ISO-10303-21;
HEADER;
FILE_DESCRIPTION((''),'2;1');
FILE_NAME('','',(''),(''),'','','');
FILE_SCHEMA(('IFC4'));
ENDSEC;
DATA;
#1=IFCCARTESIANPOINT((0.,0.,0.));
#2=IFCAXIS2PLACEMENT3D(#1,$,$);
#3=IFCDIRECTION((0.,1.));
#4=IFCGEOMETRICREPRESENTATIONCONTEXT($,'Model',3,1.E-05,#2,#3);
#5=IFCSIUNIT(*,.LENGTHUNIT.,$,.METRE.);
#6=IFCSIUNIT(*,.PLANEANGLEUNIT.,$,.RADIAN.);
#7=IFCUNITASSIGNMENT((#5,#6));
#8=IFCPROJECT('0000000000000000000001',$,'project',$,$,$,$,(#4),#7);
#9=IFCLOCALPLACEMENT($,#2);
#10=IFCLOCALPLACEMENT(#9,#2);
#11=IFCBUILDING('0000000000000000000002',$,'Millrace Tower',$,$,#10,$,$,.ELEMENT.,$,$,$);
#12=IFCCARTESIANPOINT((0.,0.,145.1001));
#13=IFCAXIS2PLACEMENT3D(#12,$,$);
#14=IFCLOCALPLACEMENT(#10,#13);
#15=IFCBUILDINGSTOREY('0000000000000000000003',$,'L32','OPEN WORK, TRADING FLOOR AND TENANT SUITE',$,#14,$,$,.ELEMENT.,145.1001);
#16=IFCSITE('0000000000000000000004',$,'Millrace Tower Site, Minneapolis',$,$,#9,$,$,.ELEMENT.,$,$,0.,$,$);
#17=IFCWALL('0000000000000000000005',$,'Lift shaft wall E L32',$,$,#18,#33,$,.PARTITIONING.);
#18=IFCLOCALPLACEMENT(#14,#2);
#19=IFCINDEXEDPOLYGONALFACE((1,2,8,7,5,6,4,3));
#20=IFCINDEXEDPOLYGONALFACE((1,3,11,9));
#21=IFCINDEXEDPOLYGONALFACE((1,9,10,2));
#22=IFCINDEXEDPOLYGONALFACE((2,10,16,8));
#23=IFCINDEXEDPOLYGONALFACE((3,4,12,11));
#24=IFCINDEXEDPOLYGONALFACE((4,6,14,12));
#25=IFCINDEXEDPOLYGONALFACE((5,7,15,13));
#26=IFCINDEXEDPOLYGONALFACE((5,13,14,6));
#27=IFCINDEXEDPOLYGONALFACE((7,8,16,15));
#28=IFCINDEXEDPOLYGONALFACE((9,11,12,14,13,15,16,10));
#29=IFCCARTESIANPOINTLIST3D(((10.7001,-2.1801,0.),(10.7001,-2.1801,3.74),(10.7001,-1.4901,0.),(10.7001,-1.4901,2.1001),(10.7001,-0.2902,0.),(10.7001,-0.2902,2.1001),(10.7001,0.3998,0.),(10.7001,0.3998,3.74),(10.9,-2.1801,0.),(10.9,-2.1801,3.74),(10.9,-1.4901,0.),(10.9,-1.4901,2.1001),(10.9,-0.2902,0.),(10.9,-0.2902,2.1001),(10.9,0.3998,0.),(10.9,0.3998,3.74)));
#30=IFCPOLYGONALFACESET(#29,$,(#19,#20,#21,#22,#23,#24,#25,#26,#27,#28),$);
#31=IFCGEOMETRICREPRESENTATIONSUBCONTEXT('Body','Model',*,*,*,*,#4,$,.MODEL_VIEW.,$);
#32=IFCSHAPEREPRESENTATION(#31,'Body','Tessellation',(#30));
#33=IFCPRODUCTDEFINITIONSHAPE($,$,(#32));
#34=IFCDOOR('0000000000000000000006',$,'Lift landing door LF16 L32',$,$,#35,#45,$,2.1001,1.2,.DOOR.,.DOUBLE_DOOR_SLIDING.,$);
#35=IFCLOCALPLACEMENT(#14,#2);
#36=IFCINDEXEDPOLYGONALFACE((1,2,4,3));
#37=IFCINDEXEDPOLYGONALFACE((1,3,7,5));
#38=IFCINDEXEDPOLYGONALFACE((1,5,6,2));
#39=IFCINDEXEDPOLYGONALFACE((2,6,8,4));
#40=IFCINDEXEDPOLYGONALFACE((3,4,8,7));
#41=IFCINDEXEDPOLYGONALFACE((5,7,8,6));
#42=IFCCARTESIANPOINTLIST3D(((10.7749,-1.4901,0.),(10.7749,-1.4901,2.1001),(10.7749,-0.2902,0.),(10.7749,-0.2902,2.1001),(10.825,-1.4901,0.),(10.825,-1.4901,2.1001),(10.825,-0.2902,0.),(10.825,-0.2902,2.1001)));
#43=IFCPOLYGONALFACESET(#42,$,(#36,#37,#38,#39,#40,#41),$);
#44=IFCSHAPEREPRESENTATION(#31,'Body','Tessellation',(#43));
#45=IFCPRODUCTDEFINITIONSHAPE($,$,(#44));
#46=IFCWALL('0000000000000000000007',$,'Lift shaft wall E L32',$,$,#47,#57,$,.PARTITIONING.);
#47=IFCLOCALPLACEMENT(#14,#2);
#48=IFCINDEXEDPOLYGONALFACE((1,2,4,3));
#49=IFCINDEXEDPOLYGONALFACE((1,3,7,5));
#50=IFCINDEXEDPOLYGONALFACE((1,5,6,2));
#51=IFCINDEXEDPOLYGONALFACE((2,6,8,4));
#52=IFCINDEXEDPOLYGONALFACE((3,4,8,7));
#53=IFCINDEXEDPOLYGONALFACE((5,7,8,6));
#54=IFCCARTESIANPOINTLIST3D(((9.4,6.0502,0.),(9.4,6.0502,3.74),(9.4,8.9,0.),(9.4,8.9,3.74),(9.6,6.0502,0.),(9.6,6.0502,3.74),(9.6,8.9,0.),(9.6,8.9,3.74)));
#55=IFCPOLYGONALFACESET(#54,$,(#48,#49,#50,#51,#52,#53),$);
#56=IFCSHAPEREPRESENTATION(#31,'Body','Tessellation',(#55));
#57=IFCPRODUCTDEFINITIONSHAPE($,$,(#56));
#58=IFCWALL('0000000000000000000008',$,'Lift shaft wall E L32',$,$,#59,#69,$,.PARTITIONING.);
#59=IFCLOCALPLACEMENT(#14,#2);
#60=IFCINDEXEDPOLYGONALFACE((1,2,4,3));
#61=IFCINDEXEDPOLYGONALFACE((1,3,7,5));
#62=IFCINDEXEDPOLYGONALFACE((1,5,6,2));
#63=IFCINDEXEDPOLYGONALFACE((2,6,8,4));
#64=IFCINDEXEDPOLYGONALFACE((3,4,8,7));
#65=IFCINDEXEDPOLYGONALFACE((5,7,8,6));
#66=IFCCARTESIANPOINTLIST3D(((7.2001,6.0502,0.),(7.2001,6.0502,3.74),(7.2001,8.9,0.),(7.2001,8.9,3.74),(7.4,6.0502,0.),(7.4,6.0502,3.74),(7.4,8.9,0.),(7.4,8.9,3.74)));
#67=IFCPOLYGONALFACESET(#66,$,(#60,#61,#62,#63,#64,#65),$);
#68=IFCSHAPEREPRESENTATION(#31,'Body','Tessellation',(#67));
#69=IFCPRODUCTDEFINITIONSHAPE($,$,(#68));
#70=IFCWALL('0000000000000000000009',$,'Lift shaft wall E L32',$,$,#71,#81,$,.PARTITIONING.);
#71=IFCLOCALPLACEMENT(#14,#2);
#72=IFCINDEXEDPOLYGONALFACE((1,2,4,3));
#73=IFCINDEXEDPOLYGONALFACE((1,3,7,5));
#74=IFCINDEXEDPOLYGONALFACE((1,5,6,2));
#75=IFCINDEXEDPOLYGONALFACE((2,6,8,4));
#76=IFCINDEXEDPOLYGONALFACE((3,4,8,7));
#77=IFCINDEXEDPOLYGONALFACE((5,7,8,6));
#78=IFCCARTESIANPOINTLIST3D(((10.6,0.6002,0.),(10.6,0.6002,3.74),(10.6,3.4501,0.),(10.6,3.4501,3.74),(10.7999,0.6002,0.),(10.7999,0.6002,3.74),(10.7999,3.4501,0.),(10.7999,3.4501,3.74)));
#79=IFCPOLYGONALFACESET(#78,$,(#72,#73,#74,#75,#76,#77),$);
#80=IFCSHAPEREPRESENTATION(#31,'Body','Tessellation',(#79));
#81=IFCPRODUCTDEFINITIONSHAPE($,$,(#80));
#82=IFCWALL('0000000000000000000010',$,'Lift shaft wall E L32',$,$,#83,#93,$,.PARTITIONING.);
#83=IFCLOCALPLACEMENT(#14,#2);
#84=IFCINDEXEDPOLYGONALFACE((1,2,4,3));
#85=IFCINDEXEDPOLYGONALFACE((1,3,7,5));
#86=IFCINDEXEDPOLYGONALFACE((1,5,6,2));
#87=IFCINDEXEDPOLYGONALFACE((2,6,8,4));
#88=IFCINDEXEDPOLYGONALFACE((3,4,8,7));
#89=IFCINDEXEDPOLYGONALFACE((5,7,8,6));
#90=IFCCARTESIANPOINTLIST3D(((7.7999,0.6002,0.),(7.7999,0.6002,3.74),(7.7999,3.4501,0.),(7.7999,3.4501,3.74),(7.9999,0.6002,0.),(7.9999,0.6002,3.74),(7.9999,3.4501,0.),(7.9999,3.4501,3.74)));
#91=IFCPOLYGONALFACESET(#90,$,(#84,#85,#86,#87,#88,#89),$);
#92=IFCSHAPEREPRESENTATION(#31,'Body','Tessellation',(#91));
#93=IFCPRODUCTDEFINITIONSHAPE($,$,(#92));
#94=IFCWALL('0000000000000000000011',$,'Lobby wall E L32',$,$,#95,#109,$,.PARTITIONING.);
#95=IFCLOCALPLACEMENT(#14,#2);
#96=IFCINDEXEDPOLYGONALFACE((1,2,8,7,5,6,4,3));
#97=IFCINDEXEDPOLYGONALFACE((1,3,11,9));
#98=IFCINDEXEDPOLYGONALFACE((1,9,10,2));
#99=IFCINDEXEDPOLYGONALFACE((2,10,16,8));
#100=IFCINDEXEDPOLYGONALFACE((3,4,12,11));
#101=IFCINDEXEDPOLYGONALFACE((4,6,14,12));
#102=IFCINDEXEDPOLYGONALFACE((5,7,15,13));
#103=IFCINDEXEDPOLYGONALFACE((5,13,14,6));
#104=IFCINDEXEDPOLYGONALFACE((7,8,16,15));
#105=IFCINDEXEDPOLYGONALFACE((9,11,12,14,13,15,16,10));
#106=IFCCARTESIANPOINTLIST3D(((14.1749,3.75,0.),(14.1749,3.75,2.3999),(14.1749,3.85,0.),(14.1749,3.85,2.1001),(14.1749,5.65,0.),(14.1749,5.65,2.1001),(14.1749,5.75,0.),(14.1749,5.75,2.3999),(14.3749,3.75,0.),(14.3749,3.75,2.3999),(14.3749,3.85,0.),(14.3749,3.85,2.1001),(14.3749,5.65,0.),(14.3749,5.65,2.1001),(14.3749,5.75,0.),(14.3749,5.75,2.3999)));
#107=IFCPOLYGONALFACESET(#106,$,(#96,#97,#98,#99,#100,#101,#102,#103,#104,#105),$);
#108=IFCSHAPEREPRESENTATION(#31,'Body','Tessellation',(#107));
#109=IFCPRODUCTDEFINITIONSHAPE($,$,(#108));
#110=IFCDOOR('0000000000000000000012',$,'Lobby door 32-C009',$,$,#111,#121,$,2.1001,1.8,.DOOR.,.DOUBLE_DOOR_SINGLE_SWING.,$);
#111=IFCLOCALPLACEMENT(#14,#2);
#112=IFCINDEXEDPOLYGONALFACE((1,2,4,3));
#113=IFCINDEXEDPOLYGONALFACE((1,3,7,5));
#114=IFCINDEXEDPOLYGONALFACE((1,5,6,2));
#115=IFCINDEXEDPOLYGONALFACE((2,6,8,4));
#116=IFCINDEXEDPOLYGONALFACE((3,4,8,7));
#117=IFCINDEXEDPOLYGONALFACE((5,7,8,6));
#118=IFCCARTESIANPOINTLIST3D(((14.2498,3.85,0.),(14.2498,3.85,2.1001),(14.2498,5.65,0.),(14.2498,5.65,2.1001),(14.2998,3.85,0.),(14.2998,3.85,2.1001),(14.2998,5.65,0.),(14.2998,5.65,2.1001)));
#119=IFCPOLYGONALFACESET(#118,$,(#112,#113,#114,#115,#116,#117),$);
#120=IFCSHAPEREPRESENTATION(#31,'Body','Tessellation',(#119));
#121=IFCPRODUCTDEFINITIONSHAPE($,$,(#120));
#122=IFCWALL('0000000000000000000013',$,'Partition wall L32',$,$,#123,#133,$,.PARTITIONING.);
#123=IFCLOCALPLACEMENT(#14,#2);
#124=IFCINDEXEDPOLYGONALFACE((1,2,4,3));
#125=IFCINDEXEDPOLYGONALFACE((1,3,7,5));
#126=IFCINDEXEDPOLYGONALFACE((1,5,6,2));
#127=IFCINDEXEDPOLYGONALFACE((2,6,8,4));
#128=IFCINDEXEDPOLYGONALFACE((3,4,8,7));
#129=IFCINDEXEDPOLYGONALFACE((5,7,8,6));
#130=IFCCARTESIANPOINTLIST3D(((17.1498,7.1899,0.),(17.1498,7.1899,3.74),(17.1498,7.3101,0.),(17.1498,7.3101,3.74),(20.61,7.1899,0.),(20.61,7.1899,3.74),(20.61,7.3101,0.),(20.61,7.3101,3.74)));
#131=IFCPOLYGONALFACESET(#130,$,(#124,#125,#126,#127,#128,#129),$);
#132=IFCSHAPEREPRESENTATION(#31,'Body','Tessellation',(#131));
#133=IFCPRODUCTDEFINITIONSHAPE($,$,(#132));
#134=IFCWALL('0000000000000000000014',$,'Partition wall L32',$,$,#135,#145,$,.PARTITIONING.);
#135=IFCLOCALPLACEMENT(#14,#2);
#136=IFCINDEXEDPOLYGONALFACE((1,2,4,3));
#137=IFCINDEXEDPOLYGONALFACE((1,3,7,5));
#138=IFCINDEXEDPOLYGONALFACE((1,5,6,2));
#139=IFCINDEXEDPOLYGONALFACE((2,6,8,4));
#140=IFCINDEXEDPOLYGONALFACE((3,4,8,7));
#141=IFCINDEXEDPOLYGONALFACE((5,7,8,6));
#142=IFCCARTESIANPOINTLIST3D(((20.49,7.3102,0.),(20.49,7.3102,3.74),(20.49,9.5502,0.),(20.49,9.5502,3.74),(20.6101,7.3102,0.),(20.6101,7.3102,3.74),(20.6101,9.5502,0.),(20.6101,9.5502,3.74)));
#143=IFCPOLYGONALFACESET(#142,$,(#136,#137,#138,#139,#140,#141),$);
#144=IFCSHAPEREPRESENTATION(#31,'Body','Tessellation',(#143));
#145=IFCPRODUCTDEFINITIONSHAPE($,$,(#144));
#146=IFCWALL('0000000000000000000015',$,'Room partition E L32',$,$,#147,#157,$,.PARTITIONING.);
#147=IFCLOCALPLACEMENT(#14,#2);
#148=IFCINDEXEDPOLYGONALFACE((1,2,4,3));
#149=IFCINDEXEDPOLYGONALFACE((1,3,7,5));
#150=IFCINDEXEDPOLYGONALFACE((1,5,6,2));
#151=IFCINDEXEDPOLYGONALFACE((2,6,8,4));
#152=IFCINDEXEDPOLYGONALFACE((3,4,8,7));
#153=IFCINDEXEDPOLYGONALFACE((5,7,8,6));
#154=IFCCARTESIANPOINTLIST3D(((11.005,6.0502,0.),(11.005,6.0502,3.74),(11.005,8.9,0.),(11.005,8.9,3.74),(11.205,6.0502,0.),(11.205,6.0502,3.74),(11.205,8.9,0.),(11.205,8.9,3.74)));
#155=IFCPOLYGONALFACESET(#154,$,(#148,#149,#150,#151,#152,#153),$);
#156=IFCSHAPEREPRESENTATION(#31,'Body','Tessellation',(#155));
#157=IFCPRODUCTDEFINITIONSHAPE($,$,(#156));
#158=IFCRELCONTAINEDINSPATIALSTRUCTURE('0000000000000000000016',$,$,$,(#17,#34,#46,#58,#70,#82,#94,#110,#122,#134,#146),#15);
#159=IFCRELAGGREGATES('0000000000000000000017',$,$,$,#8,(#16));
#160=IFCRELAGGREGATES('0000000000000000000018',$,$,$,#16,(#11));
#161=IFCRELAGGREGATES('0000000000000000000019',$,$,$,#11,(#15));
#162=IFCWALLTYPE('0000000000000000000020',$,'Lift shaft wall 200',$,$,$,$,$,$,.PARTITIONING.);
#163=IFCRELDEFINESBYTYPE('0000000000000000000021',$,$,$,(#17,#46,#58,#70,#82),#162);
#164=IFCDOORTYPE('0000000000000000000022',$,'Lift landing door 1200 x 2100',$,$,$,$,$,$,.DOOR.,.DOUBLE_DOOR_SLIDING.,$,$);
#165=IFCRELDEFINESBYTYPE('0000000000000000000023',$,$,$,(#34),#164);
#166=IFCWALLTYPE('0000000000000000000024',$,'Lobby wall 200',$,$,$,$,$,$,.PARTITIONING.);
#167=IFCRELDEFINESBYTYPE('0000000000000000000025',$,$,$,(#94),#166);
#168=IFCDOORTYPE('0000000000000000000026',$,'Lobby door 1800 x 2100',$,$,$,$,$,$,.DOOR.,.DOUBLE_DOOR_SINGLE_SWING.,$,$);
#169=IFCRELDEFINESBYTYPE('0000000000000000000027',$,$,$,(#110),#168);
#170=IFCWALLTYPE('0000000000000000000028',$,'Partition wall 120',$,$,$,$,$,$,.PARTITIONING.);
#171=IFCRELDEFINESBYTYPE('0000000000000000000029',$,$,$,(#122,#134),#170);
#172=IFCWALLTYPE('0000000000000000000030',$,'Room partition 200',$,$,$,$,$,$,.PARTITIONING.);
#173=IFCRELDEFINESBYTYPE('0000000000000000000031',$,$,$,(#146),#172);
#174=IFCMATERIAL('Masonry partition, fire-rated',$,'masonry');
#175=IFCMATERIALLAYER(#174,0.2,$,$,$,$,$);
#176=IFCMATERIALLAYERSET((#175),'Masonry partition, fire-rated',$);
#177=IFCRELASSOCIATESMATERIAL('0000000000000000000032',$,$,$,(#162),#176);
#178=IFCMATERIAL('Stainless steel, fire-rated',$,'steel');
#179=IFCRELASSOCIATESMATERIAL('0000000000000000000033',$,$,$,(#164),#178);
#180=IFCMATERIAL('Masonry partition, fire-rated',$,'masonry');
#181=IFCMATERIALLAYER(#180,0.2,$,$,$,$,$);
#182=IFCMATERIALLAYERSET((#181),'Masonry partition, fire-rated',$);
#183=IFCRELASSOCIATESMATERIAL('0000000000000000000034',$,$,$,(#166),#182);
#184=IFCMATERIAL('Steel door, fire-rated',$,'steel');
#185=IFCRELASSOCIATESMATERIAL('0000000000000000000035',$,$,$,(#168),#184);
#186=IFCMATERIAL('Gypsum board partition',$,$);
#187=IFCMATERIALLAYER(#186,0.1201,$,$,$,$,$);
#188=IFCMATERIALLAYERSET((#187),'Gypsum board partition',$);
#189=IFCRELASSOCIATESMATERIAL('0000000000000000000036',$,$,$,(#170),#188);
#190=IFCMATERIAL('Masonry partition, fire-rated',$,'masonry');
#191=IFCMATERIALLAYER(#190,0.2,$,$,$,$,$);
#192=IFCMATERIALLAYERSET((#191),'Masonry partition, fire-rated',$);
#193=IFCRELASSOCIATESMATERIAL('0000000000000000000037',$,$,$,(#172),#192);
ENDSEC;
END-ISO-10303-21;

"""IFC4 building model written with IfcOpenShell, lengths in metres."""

from ifc_helpers import new_model, si_unit, direction, frame, frame_2d, origin, place, context, subcontext, project, spatial, rectangle, extrude, material, layer, layer_set, type_object, element, fill, save


model = new_model("IFC4")

# Units and contexts
model_context = context("Model", 3, precision=1e-05, world=origin(), true_north=direction((0.0, 1.0)))
body_context = subcontext(model_context, "Body", "Model", "MODEL_VIEW")
ifc_project = project(units=[si_unit("LENGTHUNIT", "METRE"), si_unit("PLANEANGLEUNIT", "RADIAN")], contexts=[model_context])

# Site, building, storey
site_placement = place(None, origin())
site = spatial("IfcSite", under=ifc_project, at=site_placement, Name="Millrace Tower Site, Minneapolis", CompositionType="ELEMENT", RefElevation=0.0)
building_placement = place(site_placement, origin())
building = spatial("IfcBuilding", under=site, at=building_placement, Name="Millrace Tower", CompositionType="ELEMENT")
storey_placement = place(building_placement, frame((0.0, 0.0, 145.1001)))
storey = spatial("IfcBuildingStorey", under=building, at=storey_placement, Name="L32", Description="OPEN WORK, TRADING FLOOR AND TENANT SUITE", CompositionType="ELEMENT", Elevation=145.1001)

# Shared definitions
ifc_material_1 = material(Name="Masonry partition, fire-rated", Category="masonry")
ifc_layer_1 = layer(ifc_material_1, 0.2)
ifc_layer_set_1 = layer_set([ifc_layer_1], Name="Masonry partition, fire-rated")
wall_type_1 = type_object("IfcWallType", Name="Lift shaft wall 200", PredefinedType="PARTITIONING", material=ifc_layer_set_1)
ifc_material_2 = material(Name="Stainless steel, fire-rated", Category="steel")
door_type_1 = type_object("IfcDoorType", Name="Lift landing door 1200 x 2100", OperationType="DOUBLE_DOOR_SLIDING", PredefinedType="DOOR", material=ifc_material_2)

# Wall, opening, door
wall_1_placement = place(storey_placement, frame((10.8, 0.3999, 0.0), z_axis=(0.0, 0.0, 1.0), x_axis=(0.0, -1.0, 0.0)))
wall_1 = element("IfcWall", 1, at=wall_1_placement, inside=storey, type_object=wall_type_1, Name="Lift shaft wall E L32", PredefinedType="PARTITIONING", context=body_context, shape_type="SweptSolid", body=[
    extrude(rectangle(XDim=2.5798, YDim=0.2, at=frame_2d((1.29, 0.0))), origin(), (0.0, 0.0, 1.0), 3.74),
])
opening_1_placement = place(wall_1_placement, frame((0.6899, 0.0, 0.0)))
opening_1 = element("IfcOpeningElement", 2, at=opening_1_placement, cuts=wall_1, PredefinedType="OPENING", context=body_context, shape_type="SweptSolid", body=[
    extrude(rectangle(XDim=1.2, YDim=2.1001, at=frame_2d((0.6001, 1.05))), frame((0.0, 0.1099, 0.0), z_axis=(0.0, -1.0, 0.0), x_axis=(1.0, 0.0, 0.0)), (0.0, 0.0, 1.0), 0.22),
])
door_1_placement = place(opening_1_placement, origin())
door_1 = element("IfcDoor", 3, at=door_1_placement, inside=storey, type_object=door_type_1, Name="Lift landing door LF16 L32", OperationType="DOUBLE_DOOR_SLIDING", OverallHeight=2.1001, OverallWidth=1.2, PredefinedType="DOOR", context=body_context, shape_type="SweptSolid", body=[
    extrude(rectangle(XDim=1.2, YDim=2.1001, at=frame_2d((0.6001, 1.05))), frame((0.0, 0.0249, 0.0), z_axis=(0.0, -1.0, 0.0), x_axis=(1.0, 0.0, 0.0)), (0.0, 0.0, 1.0), 0.05),
])
fill(opening_1, door_1)

# Walls
for number, where, z_axis, x_axis, name in (
    (4, (9.5, 8.8999, 0.0), (0.0, 0.0, 1.0), (0.0, -1.0, 0.0), "Lift shaft wall E L32"),
    (5, (7.3, 8.8999, 0.0), (0.0, 0.0, 1.0), (0.0, -1.0, 0.0), "Lift shaft wall E L32"),
    (6, (10.7, 3.45, 0.0), (0.0, 0.0, 1.0), (0.0, -1.0, 0.0), "Lift shaft wall E L32"),
    (7, (7.8999, 3.45, 0.0), (0.0, 0.0, 1.0), (0.0, -1.0, 0.0), "Lift shaft wall E L32"),
):
    element("IfcWall", number, at=place(storey_placement, frame(where, z_axis=z_axis, x_axis=x_axis)), inside=storey, type_object=wall_type_1, Name=name, PredefinedType="PARTITIONING", context=body_context, shape_type="SweptSolid", body=[
        extrude(rectangle(XDim=2.8499, YDim=0.2, at=frame_2d((1.4248, 0.0))), origin(), (0.0, 0.0, 1.0), 3.74),
    ])

# Wall, opening, door
ifc_material_3 = material(Name="Masonry partition, fire-rated", Category="masonry")
ifc_layer_2 = layer(ifc_material_3, 0.2)
ifc_layer_set_2 = layer_set([ifc_layer_2], Name="Masonry partition, fire-rated")
wall_type_2 = type_object("IfcWallType", Name="Lobby wall 200", PredefinedType="PARTITIONING", material=ifc_layer_set_2)
wall_2_placement = place(storey_placement, frame((14.2749, 5.75, 0.0), z_axis=(0.0, 0.0, 1.0), x_axis=(0.0, -1.0, 0.0)))
wall_2 = element("IfcWall", 8, at=wall_2_placement, inside=storey, type_object=wall_type_2, Name="Lobby wall E L32", PredefinedType="PARTITIONING", context=body_context, shape_type="SweptSolid", body=[
    extrude(rectangle(XDim=2.0, YDim=0.2, at=frame_2d((1.0, 0.0))), origin(), (0.0, 0.0, 1.0), 2.3999),
])
opening_2_placement = place(wall_2_placement, frame((0.1001, 0.0, 0.0)))
opening_2 = element("IfcOpeningElement", 9, at=opening_2_placement, cuts=wall_2, PredefinedType="OPENING", context=body_context, shape_type="SweptSolid", body=[
    extrude(rectangle(XDim=1.8, YDim=2.1001, at=frame_2d((0.8999, 1.05))), frame((0.0, 0.1099, 0.0), z_axis=(0.0, -1.0, 0.0), x_axis=(1.0, 0.0, 0.0)), (0.0, 0.0, 1.0), 0.22),
])
ifc_material_4 = material(Name="Steel door, fire-rated", Category="steel")
door_type_2 = type_object("IfcDoorType", Name="Lobby door 1800 x 2100", OperationType="DOUBLE_DOOR_SINGLE_SWING", PredefinedType="DOOR", material=ifc_material_4)
door_2_placement = place(opening_2_placement, origin())
door_2 = element("IfcDoor", 10, at=door_2_placement, inside=storey, type_object=door_type_2, Name="Lobby door 32-C009", OperationType="DOUBLE_DOOR_SINGLE_SWING", OverallHeight=2.1001, OverallWidth=1.8, PredefinedType="DOOR", context=body_context, shape_type="SweptSolid", body=[
    extrude(rectangle(XDim=1.8, YDim=2.1001, at=frame_2d((0.8999, 1.05))), frame((0.0, 0.0249, 0.0), z_axis=(0.0, -1.0, 0.0), x_axis=(1.0, 0.0, 0.0)), (0.0, 0.0, 1.0), 0.05),
])
fill(opening_2, door_2)

# Walls
ifc_material_5 = material(Name="Gypsum board partition")
ifc_layer_3 = layer(ifc_material_5, 0.1201)
ifc_layer_set_3 = layer_set([ifc_layer_3], Name="Gypsum board partition")
wall_type_3 = type_object("IfcWallType", Name="Partition wall 120", PredefinedType="PARTITIONING", material=ifc_layer_set_3)
wall_3_placement = place(storey_placement, frame((17.1499, 7.25, 0.0), z_axis=(0.0, 0.0, 1.0), x_axis=(1.0, 0.0, 0.0)))
element("IfcWall", 11, at=wall_3_placement, inside=storey, type_object=wall_type_3, Name="Partition wall L32", PredefinedType="PARTITIONING", context=body_context, shape_type="SweptSolid", body=[
    extrude(rectangle(XDim=3.4602, YDim=0.1201, at=frame_2d((1.73, 0.0))), origin(), (0.0, 0.0, 1.0), 3.74),
])
wall_4_placement = place(storey_placement, frame((20.55, 7.3101, 0.0), z_axis=(0.0, 0.0, 1.0), x_axis=(0.0, 1.0, 0.0)))
element("IfcWall", 12, at=wall_4_placement, inside=storey, type_object=wall_type_3, Name="Partition wall L32", PredefinedType="PARTITIONING", context=body_context, shape_type="SweptSolid", body=[
    extrude(rectangle(XDim=2.24, YDim=0.1201, at=frame_2d((1.1201, 0.0))), origin(), (0.0, 0.0, 1.0), 3.74),
])
ifc_material_6 = material(Name="Masonry partition, fire-rated", Category="masonry")
ifc_layer_4 = layer(ifc_material_6, 0.2)
ifc_layer_set_4 = layer_set([ifc_layer_4], Name="Masonry partition, fire-rated")
wall_type_4 = type_object("IfcWallType", Name="Room partition 200", PredefinedType="PARTITIONING", material=ifc_layer_set_4)
wall_5_placement = place(storey_placement, frame((11.105, 8.8999, 0.0), z_axis=(0.0, 0.0, 1.0), x_axis=(0.0, -1.0, 0.0)))
element("IfcWall", 13, at=wall_5_placement, inside=storey, type_object=wall_type_4, Name="Room partition E L32", PredefinedType="PARTITIONING", context=body_context, shape_type="SweptSolid", body=[
    extrude(rectangle(XDim=2.8499, YDim=0.2, at=frame_2d((1.4248, 0.0))), origin(), (0.0, 0.0, 1.0), 3.74),
])

save(model, "model.ifc")
